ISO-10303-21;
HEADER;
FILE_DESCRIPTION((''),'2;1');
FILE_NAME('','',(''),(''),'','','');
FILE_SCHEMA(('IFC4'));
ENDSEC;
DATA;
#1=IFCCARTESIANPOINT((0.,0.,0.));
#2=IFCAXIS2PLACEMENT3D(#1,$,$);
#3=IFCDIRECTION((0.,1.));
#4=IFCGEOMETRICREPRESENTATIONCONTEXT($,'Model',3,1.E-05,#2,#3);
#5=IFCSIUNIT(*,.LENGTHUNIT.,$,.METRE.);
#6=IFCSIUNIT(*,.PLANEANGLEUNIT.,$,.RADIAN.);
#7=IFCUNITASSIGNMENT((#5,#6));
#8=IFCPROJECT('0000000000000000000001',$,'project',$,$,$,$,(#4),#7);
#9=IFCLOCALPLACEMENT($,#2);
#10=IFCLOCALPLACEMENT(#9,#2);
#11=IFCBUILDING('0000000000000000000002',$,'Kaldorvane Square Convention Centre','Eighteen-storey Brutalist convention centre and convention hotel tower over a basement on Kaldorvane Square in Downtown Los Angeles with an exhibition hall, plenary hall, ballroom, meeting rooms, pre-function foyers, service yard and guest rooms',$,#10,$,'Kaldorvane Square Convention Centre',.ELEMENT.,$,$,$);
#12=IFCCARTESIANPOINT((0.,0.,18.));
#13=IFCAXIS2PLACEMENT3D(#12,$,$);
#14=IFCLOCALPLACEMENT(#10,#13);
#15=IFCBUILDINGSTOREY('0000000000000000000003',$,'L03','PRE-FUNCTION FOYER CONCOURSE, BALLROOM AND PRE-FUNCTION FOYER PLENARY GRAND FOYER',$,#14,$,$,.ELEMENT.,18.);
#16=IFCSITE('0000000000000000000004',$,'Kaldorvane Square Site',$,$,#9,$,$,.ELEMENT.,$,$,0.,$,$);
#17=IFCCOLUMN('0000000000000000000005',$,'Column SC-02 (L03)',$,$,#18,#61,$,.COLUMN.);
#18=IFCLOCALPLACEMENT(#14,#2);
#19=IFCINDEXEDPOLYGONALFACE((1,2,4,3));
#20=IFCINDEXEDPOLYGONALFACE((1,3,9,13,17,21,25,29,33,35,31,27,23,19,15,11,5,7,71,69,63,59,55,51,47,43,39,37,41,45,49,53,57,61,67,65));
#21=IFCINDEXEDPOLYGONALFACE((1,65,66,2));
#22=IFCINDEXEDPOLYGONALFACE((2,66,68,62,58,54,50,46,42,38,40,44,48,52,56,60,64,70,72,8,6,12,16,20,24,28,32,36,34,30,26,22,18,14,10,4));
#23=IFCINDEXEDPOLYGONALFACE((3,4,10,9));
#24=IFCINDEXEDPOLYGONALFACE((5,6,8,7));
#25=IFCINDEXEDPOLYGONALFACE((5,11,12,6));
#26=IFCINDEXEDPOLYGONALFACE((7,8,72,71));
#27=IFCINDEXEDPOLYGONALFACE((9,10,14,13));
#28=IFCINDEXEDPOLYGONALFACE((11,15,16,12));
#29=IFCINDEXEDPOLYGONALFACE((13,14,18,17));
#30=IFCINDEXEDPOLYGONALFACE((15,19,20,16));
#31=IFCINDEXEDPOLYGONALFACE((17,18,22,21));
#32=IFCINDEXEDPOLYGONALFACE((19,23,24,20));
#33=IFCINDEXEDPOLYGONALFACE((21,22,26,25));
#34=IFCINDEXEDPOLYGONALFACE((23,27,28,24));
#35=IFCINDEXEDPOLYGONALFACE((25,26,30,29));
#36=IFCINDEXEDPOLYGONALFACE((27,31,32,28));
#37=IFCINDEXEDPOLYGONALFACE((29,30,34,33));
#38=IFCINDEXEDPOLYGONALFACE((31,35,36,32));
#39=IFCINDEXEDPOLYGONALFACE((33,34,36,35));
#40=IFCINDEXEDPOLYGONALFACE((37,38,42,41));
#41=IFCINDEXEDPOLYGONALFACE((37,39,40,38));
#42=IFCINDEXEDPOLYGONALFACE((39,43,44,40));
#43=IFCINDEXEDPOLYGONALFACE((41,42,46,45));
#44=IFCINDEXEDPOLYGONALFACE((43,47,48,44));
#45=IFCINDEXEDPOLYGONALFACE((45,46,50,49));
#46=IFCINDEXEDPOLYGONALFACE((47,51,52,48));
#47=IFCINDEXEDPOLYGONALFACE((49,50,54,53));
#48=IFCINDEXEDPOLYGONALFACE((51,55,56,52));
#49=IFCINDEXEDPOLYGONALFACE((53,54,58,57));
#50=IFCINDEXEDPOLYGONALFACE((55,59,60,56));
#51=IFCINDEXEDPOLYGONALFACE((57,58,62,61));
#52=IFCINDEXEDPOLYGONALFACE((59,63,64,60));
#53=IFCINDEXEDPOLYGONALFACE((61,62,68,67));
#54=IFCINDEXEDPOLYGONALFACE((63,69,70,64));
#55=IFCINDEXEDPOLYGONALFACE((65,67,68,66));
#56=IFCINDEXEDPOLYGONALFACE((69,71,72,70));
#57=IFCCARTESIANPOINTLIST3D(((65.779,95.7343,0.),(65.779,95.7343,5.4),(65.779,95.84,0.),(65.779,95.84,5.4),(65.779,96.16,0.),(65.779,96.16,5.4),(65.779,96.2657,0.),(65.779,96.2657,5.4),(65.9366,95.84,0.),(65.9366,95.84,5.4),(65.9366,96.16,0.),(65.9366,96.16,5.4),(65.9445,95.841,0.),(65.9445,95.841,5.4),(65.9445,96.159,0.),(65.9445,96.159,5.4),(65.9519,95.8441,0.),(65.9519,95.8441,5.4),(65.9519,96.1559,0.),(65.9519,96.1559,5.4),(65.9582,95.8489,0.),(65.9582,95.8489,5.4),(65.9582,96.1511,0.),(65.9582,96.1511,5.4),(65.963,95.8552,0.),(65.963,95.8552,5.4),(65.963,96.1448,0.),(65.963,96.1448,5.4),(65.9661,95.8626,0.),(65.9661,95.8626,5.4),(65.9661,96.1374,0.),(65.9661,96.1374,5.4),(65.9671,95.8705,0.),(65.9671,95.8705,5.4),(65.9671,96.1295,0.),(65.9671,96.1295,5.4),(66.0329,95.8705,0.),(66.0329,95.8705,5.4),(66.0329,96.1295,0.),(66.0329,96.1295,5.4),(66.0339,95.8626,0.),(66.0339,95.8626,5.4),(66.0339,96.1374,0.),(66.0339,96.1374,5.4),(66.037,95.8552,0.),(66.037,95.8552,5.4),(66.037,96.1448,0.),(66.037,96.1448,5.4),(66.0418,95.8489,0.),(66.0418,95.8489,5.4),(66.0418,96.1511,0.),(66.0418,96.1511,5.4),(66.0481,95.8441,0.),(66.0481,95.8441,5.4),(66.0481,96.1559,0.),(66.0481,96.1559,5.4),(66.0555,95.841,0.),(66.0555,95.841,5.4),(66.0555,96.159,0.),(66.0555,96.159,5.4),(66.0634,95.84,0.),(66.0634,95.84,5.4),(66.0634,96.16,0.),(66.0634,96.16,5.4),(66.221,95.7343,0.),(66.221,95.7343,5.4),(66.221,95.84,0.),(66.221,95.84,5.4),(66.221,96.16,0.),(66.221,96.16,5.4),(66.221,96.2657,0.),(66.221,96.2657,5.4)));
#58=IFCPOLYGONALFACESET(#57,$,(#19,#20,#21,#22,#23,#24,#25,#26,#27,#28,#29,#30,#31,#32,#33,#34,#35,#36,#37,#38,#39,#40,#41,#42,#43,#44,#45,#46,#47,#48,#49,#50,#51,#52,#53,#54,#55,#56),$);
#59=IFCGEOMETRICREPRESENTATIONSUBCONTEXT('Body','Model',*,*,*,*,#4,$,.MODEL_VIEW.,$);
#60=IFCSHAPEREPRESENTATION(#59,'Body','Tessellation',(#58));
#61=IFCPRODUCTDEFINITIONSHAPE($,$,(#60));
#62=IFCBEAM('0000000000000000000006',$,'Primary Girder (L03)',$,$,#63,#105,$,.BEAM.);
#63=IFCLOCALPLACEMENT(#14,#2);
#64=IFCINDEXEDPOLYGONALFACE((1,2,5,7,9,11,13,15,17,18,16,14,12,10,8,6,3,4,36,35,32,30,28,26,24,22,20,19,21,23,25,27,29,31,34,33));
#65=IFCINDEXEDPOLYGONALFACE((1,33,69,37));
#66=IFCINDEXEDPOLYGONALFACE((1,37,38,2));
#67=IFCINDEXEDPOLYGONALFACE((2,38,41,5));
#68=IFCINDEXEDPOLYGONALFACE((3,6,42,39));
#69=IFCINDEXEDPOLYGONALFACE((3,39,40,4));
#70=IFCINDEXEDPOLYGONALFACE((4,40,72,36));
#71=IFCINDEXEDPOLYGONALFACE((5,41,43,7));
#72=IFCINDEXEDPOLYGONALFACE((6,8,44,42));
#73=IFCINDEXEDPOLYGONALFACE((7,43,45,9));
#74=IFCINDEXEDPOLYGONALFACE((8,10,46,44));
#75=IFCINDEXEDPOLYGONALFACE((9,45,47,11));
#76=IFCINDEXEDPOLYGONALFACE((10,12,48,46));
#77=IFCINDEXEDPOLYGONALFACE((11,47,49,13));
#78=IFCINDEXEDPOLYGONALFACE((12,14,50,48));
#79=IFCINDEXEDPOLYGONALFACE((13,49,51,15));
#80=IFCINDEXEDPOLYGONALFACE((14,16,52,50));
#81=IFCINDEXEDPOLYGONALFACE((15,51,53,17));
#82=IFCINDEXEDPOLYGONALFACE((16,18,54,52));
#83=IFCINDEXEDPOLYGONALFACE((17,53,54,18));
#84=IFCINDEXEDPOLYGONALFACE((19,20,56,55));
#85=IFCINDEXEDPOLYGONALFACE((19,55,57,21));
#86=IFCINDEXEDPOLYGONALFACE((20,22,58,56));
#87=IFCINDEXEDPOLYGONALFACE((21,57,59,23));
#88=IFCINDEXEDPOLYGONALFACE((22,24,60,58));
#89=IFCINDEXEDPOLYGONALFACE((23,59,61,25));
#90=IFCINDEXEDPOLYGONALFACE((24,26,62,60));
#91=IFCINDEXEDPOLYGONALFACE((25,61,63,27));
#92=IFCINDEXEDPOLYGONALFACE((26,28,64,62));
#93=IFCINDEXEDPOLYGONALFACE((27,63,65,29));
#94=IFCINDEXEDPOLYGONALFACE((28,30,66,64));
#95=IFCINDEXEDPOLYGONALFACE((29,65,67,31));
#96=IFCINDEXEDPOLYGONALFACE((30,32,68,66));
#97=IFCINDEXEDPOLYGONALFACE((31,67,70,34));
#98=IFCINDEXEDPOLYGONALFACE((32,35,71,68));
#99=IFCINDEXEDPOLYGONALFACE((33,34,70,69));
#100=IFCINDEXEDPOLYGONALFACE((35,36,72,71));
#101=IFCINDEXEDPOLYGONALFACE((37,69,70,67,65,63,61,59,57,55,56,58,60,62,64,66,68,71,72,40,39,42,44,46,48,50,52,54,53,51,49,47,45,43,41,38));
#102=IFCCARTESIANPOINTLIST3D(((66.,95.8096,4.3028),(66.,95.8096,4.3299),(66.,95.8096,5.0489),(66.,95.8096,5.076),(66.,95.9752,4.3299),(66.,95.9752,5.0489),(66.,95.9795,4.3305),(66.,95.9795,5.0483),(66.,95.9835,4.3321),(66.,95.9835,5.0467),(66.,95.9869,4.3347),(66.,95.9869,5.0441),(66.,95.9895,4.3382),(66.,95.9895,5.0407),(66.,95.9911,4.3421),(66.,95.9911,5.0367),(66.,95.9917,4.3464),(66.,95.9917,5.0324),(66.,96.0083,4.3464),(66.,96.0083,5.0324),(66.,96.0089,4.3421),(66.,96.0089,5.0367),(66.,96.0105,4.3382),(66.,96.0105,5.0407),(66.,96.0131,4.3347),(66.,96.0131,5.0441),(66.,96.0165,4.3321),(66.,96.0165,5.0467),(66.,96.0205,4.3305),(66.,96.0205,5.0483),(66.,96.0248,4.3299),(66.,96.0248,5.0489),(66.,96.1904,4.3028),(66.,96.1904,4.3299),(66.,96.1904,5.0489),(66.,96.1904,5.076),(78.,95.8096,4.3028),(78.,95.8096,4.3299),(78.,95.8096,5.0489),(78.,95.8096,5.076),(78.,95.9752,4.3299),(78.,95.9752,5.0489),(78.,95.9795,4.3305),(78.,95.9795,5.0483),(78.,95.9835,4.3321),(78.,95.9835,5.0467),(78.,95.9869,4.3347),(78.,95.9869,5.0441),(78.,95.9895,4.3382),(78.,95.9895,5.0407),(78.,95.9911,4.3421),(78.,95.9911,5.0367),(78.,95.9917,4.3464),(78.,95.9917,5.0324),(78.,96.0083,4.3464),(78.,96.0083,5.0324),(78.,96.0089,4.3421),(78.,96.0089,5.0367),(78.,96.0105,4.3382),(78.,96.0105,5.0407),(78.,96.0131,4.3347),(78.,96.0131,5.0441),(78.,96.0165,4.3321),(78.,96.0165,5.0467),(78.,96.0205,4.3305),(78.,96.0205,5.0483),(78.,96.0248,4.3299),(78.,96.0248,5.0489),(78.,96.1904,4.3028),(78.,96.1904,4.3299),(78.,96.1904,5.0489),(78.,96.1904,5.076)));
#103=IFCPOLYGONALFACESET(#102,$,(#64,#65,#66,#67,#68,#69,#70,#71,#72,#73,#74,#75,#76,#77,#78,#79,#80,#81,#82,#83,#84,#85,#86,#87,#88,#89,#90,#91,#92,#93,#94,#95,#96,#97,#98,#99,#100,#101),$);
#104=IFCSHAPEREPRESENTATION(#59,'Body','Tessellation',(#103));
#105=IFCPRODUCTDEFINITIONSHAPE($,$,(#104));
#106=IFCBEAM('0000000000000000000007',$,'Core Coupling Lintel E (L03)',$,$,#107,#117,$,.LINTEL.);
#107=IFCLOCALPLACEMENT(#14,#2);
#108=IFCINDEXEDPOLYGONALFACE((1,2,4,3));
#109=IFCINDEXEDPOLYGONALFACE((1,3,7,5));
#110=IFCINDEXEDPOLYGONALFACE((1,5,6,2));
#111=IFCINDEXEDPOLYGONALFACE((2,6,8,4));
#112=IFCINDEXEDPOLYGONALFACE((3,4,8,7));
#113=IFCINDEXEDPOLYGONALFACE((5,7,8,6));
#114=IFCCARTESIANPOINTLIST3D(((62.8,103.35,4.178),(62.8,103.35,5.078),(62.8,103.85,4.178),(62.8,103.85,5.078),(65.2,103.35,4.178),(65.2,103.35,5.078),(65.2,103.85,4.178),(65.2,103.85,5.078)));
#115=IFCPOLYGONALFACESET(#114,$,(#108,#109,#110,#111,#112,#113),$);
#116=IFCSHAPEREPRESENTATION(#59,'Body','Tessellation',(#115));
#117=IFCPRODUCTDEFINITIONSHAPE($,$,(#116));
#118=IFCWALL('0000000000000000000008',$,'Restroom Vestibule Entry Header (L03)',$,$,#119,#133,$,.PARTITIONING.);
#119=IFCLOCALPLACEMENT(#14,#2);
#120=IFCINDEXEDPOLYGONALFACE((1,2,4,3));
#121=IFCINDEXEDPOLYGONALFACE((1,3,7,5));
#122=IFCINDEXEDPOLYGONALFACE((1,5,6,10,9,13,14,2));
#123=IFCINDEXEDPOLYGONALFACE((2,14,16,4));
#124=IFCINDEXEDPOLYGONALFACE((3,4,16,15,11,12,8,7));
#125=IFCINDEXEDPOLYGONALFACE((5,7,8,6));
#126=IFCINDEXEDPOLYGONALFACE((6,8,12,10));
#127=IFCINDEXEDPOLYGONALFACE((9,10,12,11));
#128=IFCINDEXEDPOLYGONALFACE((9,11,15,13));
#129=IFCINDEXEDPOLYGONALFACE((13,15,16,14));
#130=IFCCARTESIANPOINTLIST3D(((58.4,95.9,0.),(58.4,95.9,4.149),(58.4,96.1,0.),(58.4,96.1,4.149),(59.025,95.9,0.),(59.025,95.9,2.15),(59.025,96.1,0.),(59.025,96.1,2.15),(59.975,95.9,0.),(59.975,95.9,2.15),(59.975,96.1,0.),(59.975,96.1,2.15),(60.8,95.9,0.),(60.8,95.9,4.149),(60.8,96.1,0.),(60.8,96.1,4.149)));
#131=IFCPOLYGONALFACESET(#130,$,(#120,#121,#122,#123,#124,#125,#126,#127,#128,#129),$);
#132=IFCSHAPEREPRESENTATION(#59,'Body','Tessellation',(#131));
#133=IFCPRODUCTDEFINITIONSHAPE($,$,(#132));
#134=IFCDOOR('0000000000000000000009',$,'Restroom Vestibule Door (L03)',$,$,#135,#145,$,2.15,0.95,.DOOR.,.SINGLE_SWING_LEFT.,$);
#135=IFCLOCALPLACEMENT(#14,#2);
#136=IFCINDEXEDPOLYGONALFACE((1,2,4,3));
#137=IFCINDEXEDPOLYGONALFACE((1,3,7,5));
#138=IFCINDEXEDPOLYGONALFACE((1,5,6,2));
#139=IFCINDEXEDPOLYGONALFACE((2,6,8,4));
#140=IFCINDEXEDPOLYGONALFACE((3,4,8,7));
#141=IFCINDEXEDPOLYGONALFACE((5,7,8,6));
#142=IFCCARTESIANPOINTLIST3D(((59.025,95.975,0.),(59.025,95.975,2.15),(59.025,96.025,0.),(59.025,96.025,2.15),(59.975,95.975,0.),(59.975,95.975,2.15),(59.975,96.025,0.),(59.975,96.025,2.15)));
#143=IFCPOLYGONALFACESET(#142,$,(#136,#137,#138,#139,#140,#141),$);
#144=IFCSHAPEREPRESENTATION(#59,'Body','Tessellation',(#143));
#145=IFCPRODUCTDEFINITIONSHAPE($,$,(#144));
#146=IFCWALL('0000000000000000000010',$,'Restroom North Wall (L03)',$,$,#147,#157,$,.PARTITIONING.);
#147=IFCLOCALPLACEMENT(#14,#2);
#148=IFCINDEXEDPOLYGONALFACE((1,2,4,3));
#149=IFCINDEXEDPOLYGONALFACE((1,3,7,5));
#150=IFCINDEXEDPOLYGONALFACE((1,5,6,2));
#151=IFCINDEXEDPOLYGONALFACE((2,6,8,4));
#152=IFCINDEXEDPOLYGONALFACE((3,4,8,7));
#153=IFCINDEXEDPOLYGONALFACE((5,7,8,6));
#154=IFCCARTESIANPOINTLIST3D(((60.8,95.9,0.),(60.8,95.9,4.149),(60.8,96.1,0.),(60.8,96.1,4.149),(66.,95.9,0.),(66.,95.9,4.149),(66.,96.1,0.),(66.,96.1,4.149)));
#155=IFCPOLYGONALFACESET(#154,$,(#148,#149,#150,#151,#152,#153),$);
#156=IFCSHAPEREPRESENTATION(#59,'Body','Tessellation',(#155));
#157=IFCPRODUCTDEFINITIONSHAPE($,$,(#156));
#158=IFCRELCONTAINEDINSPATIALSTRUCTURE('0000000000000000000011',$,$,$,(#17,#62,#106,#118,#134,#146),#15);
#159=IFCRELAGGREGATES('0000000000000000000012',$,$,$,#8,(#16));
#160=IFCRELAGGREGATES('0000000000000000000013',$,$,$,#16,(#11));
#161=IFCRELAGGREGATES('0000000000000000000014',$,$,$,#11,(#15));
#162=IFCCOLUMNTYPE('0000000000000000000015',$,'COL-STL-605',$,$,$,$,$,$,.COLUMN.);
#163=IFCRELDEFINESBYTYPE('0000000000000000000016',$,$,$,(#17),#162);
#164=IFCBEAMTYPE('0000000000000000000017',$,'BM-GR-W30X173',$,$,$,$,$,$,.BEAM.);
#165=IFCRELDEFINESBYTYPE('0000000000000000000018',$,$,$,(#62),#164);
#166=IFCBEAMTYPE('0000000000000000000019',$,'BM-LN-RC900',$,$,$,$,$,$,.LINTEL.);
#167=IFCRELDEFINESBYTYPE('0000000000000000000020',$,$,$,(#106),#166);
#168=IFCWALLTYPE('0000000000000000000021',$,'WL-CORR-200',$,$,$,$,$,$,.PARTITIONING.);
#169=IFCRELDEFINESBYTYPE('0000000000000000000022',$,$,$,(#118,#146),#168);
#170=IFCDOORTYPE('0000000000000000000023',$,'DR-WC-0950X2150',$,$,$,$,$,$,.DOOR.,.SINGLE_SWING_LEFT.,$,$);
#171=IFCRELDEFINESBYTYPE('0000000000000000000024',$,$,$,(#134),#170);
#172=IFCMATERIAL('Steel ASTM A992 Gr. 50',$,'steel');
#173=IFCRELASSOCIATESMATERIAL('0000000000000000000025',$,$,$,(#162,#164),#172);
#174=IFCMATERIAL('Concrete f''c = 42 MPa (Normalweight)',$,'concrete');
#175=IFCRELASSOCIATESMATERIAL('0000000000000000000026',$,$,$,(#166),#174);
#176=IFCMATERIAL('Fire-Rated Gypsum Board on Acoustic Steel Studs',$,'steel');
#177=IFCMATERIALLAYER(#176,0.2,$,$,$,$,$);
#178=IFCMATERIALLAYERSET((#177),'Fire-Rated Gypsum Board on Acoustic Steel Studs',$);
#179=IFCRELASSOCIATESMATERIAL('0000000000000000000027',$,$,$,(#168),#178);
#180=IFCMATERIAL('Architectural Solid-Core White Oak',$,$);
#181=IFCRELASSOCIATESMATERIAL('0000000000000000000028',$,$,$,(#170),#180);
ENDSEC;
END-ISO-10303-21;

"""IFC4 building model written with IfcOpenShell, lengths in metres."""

from ifc_helpers import new_model, si_unit, direction, frame, frame_2d, origin, origin_2d, place, context, subcontext, project, spatial, rectangle, i_section, extrude, material, layer, layer_set, material_profile, profile_set, type_object, element, fill, save


model = new_model("IFC4")

# Units and contexts
model_context = context("Model", 3, precision=1e-05, world=origin(), true_north=direction((0.0, 1.0)))
body_context = subcontext(model_context, "Body", "Model", "MODEL_VIEW")
ifc_project = project(units=[si_unit("LENGTHUNIT", "METRE"), si_unit("PLANEANGLEUNIT", "RADIAN")], contexts=[model_context])

# Site, building, storey
site_placement = place(None, origin())
site = spatial("IfcSite", under=ifc_project, at=site_placement, Name="Kaldorvane Square Site", CompositionType="ELEMENT", RefElevation=0.0)
building_placement = place(site_placement, origin())
building = spatial("IfcBuilding", under=site, at=building_placement, Name="Kaldorvane Square Convention Centre", Description="Eighteen-storey Brutalist convention centre and convention hotel tower over a basement on Kaldorvane Square in Downtown Los Angeles with an exhibition hall, plenary hall, ballroom, meeting rooms, pre-function foyers, service yard and guest rooms", LongName="Kaldorvane Square Convention Centre", CompositionType="ELEMENT")
storey_placement = place(building_placement, frame((0.0, 0.0, 18.0)))
storey = spatial("IfcBuildingStorey", under=building, at=storey_placement, Name="L03", Description="PRE-FUNCTION FOYER CONCOURSE, BALLROOM AND PRE-FUNCTION FOYER PLENARY GRAND FOYER", CompositionType="ELEMENT", Elevation=18.0)

# Column
ifc_material_1 = material(Name="Steel ASTM A992 Gr. 50", Category="steel")
ifc_material_profile_1 = material_profile(ifc_material_1, i_section(OverallWidth=0.442, OverallDepth=0.5314, WebThickness=0.0658, FlangeThickness=0.1057, FilletRadius=0.0305, at=origin_2d()), Name="W14X605")
ifc_profile_set_1 = profile_set([ifc_material_profile_1], Name="Steel ASTM A992 Gr. 50")
column_type = type_object("IfcColumnType", Name="COL-STL-605", PredefinedType="COLUMN", material=ifc_profile_set_1)
column_placement = place(storey_placement, frame((66.0, 96.0, 0.0), z_axis=(0.0, 0.0, 1.0), x_axis=(1.0, 0.0, 0.0)))
element("IfcColumn", 1, at=column_placement, inside=storey, type_object=column_type, Name="Column SC-02 (L03)", PredefinedType="COLUMN", context=body_context, shape_type="SweptSolid", body=[
    extrude(i_section(OverallWidth=0.442, OverallDepth=0.5314, WebThickness=0.0658, FlangeThickness=0.1057, FilletRadius=0.0305, at=origin_2d()), origin(), (0.0, 0.0, 1.0), 5.4),
])

# Beams
ifc_material_profile_2 = material_profile(ifc_material_1, i_section(OverallWidth=0.3807, OverallDepth=0.7732, WebThickness=0.0166, FlangeThickness=0.0271, FilletRadius=0.0165, at=origin_2d()), Name="W30X173")
ifc_profile_set_2 = profile_set([ifc_material_profile_2], Name="Steel ASTM A992 Gr. 50")
beam_type_1 = type_object("IfcBeamType", Name="BM-GR-W30X173", PredefinedType="BEAM", material=ifc_profile_set_2)
beam_1_placement = place(storey_placement, frame((66.0, 96.0, 4.6894), z_axis=(1.0, 0.0, 0.0), x_axis=(0.0, 1.0, 0.0)))
element("IfcBeam", 2, at=beam_1_placement, inside=storey, type_object=beam_type_1, Name="Primary Girder (L03)", PredefinedType="BEAM", context=body_context, shape_type="SweptSolid", body=[
    extrude(i_section(OverallWidth=0.3807, OverallDepth=0.7732, WebThickness=0.0166, FlangeThickness=0.0271, FilletRadius=0.0165, at=origin_2d()), origin(), (0.0, 0.0, 1.0), 12.0),
])
ifc_material_2 = material(Name="Concrete f'c = 42 MPa (Normalweight)", Category="concrete")
ifc_material_profile_3 = material_profile(ifc_material_2, rectangle(XDim=0.5, YDim=0.9, at=origin_2d()), Name="RCLN900X500")
ifc_profile_set_3 = profile_set([ifc_material_profile_3], Name="Concrete f'c = 42 MPa (Normalweight)")
beam_type_2 = type_object("IfcBeamType", Name="BM-LN-RC900", PredefinedType="LINTEL", material=ifc_profile_set_3)
beam_2_placement = place(storey_placement, frame((62.8, 103.6, 4.628), z_axis=(1.0, 0.0, 0.0), x_axis=(0.0, 1.0, 0.0)))
element("IfcBeam", 3, at=beam_2_placement, inside=storey, type_object=beam_type_2, Name="Core Coupling Lintel E (L03)", PredefinedType="LINTEL", context=body_context, shape_type="SweptSolid", body=[
    extrude(rectangle(XDim=0.5, YDim=0.9, at=origin_2d()), origin(), (0.0, 0.0, 1.0), 2.4),
])

# Wall, opening, door
ifc_material_3 = material(Name="Fire-Rated Gypsum Board on Acoustic Steel Studs", Category="steel")
ifc_layer_1 = layer(ifc_material_3, 0.2)
ifc_layer_set_1 = layer_set([ifc_layer_1], Name="Fire-Rated Gypsum Board on Acoustic Steel Studs")
wall_type_1 = type_object("IfcWallType", Name="WL-CORR-200", PredefinedType="PARTITIONING", material=ifc_layer_set_1)
wall_1_placement = place(storey_placement, frame((58.4, 96.0, 0.0), z_axis=(0.0, 0.0, 1.0), x_axis=(1.0, 0.0, 0.0)))
wall_1 = element("IfcWall", 4, at=wall_1_placement, inside=storey, type_object=wall_type_1, Name="Restroom Vestibule Entry Header (L03)", PredefinedType="PARTITIONING", context=body_context, shape_type="SweptSolid", body=[
    extrude(rectangle(XDim=2.4, YDim=0.2, at=frame_2d((1.2, 0.0))), origin(), (0.0, 0.0, 1.0), 4.149),
])
opening_1_placement = place(wall_1_placement, frame((0.625, 0.0, 0.0)))
opening_1 = element("IfcOpeningElement", 5, at=opening_1_placement, cuts=wall_1, PredefinedType="OPENING", context=body_context, shape_type="SweptSolid", body=[
    extrude(rectangle(XDim=0.95, YDim=2.15, at=frame_2d((0.475, 1.075))), frame((0.0, 0.115, 0.0), z_axis=(0.0, -1.0, 0.0), x_axis=(1.0, 0.0, 0.0)), (0.0, 0.0, 1.0), 0.23),
])
ifc_material_4 = material(Name="Architectural Solid-Core White Oak")
door_type_1 = type_object("IfcDoorType", Name="DR-WC-0950X2150", OperationType="SINGLE_SWING_LEFT", PredefinedType="DOOR", material=ifc_material_4)
door_1_placement = place(opening_1_placement, origin())
door_1 = element("IfcDoor", 6, at=door_1_placement, inside=storey, type_object=door_type_1, Name="Restroom Vestibule Door (L03)", OperationType="SINGLE_SWING_LEFT", OverallHeight=2.15, OverallWidth=0.95, PredefinedType="DOOR", context=body_context, shape_type="SweptSolid", body=[
    extrude(rectangle(XDim=0.95, YDim=2.15, at=frame_2d((0.475, 1.075))), frame((0.0, 0.025, 0.0), z_axis=(0.0, -1.0, 0.0), x_axis=(1.0, 0.0, 0.0)), (0.0, 0.0, 1.0), 0.05),
])
fill(opening_1, door_1)

# Wall
wall_2_placement = place(storey_placement, frame((60.8, 96.0, 0.0), z_axis=(0.0, 0.0, 1.0), x_axis=(1.0, 0.0, 0.0)))
element("IfcWall", 7, at=wall_2_placement, inside=storey, type_object=wall_type_1, Name="Restroom North Wall (L03)", PredefinedType="PARTITIONING", context=body_context, shape_type="SweptSolid", body=[
    extrude(rectangle(XDim=5.2, YDim=0.2, at=frame_2d((2.6, 0.0))), origin(), (0.0, 0.0, 1.0), 4.149),
])

save(model, "model.ifc")
